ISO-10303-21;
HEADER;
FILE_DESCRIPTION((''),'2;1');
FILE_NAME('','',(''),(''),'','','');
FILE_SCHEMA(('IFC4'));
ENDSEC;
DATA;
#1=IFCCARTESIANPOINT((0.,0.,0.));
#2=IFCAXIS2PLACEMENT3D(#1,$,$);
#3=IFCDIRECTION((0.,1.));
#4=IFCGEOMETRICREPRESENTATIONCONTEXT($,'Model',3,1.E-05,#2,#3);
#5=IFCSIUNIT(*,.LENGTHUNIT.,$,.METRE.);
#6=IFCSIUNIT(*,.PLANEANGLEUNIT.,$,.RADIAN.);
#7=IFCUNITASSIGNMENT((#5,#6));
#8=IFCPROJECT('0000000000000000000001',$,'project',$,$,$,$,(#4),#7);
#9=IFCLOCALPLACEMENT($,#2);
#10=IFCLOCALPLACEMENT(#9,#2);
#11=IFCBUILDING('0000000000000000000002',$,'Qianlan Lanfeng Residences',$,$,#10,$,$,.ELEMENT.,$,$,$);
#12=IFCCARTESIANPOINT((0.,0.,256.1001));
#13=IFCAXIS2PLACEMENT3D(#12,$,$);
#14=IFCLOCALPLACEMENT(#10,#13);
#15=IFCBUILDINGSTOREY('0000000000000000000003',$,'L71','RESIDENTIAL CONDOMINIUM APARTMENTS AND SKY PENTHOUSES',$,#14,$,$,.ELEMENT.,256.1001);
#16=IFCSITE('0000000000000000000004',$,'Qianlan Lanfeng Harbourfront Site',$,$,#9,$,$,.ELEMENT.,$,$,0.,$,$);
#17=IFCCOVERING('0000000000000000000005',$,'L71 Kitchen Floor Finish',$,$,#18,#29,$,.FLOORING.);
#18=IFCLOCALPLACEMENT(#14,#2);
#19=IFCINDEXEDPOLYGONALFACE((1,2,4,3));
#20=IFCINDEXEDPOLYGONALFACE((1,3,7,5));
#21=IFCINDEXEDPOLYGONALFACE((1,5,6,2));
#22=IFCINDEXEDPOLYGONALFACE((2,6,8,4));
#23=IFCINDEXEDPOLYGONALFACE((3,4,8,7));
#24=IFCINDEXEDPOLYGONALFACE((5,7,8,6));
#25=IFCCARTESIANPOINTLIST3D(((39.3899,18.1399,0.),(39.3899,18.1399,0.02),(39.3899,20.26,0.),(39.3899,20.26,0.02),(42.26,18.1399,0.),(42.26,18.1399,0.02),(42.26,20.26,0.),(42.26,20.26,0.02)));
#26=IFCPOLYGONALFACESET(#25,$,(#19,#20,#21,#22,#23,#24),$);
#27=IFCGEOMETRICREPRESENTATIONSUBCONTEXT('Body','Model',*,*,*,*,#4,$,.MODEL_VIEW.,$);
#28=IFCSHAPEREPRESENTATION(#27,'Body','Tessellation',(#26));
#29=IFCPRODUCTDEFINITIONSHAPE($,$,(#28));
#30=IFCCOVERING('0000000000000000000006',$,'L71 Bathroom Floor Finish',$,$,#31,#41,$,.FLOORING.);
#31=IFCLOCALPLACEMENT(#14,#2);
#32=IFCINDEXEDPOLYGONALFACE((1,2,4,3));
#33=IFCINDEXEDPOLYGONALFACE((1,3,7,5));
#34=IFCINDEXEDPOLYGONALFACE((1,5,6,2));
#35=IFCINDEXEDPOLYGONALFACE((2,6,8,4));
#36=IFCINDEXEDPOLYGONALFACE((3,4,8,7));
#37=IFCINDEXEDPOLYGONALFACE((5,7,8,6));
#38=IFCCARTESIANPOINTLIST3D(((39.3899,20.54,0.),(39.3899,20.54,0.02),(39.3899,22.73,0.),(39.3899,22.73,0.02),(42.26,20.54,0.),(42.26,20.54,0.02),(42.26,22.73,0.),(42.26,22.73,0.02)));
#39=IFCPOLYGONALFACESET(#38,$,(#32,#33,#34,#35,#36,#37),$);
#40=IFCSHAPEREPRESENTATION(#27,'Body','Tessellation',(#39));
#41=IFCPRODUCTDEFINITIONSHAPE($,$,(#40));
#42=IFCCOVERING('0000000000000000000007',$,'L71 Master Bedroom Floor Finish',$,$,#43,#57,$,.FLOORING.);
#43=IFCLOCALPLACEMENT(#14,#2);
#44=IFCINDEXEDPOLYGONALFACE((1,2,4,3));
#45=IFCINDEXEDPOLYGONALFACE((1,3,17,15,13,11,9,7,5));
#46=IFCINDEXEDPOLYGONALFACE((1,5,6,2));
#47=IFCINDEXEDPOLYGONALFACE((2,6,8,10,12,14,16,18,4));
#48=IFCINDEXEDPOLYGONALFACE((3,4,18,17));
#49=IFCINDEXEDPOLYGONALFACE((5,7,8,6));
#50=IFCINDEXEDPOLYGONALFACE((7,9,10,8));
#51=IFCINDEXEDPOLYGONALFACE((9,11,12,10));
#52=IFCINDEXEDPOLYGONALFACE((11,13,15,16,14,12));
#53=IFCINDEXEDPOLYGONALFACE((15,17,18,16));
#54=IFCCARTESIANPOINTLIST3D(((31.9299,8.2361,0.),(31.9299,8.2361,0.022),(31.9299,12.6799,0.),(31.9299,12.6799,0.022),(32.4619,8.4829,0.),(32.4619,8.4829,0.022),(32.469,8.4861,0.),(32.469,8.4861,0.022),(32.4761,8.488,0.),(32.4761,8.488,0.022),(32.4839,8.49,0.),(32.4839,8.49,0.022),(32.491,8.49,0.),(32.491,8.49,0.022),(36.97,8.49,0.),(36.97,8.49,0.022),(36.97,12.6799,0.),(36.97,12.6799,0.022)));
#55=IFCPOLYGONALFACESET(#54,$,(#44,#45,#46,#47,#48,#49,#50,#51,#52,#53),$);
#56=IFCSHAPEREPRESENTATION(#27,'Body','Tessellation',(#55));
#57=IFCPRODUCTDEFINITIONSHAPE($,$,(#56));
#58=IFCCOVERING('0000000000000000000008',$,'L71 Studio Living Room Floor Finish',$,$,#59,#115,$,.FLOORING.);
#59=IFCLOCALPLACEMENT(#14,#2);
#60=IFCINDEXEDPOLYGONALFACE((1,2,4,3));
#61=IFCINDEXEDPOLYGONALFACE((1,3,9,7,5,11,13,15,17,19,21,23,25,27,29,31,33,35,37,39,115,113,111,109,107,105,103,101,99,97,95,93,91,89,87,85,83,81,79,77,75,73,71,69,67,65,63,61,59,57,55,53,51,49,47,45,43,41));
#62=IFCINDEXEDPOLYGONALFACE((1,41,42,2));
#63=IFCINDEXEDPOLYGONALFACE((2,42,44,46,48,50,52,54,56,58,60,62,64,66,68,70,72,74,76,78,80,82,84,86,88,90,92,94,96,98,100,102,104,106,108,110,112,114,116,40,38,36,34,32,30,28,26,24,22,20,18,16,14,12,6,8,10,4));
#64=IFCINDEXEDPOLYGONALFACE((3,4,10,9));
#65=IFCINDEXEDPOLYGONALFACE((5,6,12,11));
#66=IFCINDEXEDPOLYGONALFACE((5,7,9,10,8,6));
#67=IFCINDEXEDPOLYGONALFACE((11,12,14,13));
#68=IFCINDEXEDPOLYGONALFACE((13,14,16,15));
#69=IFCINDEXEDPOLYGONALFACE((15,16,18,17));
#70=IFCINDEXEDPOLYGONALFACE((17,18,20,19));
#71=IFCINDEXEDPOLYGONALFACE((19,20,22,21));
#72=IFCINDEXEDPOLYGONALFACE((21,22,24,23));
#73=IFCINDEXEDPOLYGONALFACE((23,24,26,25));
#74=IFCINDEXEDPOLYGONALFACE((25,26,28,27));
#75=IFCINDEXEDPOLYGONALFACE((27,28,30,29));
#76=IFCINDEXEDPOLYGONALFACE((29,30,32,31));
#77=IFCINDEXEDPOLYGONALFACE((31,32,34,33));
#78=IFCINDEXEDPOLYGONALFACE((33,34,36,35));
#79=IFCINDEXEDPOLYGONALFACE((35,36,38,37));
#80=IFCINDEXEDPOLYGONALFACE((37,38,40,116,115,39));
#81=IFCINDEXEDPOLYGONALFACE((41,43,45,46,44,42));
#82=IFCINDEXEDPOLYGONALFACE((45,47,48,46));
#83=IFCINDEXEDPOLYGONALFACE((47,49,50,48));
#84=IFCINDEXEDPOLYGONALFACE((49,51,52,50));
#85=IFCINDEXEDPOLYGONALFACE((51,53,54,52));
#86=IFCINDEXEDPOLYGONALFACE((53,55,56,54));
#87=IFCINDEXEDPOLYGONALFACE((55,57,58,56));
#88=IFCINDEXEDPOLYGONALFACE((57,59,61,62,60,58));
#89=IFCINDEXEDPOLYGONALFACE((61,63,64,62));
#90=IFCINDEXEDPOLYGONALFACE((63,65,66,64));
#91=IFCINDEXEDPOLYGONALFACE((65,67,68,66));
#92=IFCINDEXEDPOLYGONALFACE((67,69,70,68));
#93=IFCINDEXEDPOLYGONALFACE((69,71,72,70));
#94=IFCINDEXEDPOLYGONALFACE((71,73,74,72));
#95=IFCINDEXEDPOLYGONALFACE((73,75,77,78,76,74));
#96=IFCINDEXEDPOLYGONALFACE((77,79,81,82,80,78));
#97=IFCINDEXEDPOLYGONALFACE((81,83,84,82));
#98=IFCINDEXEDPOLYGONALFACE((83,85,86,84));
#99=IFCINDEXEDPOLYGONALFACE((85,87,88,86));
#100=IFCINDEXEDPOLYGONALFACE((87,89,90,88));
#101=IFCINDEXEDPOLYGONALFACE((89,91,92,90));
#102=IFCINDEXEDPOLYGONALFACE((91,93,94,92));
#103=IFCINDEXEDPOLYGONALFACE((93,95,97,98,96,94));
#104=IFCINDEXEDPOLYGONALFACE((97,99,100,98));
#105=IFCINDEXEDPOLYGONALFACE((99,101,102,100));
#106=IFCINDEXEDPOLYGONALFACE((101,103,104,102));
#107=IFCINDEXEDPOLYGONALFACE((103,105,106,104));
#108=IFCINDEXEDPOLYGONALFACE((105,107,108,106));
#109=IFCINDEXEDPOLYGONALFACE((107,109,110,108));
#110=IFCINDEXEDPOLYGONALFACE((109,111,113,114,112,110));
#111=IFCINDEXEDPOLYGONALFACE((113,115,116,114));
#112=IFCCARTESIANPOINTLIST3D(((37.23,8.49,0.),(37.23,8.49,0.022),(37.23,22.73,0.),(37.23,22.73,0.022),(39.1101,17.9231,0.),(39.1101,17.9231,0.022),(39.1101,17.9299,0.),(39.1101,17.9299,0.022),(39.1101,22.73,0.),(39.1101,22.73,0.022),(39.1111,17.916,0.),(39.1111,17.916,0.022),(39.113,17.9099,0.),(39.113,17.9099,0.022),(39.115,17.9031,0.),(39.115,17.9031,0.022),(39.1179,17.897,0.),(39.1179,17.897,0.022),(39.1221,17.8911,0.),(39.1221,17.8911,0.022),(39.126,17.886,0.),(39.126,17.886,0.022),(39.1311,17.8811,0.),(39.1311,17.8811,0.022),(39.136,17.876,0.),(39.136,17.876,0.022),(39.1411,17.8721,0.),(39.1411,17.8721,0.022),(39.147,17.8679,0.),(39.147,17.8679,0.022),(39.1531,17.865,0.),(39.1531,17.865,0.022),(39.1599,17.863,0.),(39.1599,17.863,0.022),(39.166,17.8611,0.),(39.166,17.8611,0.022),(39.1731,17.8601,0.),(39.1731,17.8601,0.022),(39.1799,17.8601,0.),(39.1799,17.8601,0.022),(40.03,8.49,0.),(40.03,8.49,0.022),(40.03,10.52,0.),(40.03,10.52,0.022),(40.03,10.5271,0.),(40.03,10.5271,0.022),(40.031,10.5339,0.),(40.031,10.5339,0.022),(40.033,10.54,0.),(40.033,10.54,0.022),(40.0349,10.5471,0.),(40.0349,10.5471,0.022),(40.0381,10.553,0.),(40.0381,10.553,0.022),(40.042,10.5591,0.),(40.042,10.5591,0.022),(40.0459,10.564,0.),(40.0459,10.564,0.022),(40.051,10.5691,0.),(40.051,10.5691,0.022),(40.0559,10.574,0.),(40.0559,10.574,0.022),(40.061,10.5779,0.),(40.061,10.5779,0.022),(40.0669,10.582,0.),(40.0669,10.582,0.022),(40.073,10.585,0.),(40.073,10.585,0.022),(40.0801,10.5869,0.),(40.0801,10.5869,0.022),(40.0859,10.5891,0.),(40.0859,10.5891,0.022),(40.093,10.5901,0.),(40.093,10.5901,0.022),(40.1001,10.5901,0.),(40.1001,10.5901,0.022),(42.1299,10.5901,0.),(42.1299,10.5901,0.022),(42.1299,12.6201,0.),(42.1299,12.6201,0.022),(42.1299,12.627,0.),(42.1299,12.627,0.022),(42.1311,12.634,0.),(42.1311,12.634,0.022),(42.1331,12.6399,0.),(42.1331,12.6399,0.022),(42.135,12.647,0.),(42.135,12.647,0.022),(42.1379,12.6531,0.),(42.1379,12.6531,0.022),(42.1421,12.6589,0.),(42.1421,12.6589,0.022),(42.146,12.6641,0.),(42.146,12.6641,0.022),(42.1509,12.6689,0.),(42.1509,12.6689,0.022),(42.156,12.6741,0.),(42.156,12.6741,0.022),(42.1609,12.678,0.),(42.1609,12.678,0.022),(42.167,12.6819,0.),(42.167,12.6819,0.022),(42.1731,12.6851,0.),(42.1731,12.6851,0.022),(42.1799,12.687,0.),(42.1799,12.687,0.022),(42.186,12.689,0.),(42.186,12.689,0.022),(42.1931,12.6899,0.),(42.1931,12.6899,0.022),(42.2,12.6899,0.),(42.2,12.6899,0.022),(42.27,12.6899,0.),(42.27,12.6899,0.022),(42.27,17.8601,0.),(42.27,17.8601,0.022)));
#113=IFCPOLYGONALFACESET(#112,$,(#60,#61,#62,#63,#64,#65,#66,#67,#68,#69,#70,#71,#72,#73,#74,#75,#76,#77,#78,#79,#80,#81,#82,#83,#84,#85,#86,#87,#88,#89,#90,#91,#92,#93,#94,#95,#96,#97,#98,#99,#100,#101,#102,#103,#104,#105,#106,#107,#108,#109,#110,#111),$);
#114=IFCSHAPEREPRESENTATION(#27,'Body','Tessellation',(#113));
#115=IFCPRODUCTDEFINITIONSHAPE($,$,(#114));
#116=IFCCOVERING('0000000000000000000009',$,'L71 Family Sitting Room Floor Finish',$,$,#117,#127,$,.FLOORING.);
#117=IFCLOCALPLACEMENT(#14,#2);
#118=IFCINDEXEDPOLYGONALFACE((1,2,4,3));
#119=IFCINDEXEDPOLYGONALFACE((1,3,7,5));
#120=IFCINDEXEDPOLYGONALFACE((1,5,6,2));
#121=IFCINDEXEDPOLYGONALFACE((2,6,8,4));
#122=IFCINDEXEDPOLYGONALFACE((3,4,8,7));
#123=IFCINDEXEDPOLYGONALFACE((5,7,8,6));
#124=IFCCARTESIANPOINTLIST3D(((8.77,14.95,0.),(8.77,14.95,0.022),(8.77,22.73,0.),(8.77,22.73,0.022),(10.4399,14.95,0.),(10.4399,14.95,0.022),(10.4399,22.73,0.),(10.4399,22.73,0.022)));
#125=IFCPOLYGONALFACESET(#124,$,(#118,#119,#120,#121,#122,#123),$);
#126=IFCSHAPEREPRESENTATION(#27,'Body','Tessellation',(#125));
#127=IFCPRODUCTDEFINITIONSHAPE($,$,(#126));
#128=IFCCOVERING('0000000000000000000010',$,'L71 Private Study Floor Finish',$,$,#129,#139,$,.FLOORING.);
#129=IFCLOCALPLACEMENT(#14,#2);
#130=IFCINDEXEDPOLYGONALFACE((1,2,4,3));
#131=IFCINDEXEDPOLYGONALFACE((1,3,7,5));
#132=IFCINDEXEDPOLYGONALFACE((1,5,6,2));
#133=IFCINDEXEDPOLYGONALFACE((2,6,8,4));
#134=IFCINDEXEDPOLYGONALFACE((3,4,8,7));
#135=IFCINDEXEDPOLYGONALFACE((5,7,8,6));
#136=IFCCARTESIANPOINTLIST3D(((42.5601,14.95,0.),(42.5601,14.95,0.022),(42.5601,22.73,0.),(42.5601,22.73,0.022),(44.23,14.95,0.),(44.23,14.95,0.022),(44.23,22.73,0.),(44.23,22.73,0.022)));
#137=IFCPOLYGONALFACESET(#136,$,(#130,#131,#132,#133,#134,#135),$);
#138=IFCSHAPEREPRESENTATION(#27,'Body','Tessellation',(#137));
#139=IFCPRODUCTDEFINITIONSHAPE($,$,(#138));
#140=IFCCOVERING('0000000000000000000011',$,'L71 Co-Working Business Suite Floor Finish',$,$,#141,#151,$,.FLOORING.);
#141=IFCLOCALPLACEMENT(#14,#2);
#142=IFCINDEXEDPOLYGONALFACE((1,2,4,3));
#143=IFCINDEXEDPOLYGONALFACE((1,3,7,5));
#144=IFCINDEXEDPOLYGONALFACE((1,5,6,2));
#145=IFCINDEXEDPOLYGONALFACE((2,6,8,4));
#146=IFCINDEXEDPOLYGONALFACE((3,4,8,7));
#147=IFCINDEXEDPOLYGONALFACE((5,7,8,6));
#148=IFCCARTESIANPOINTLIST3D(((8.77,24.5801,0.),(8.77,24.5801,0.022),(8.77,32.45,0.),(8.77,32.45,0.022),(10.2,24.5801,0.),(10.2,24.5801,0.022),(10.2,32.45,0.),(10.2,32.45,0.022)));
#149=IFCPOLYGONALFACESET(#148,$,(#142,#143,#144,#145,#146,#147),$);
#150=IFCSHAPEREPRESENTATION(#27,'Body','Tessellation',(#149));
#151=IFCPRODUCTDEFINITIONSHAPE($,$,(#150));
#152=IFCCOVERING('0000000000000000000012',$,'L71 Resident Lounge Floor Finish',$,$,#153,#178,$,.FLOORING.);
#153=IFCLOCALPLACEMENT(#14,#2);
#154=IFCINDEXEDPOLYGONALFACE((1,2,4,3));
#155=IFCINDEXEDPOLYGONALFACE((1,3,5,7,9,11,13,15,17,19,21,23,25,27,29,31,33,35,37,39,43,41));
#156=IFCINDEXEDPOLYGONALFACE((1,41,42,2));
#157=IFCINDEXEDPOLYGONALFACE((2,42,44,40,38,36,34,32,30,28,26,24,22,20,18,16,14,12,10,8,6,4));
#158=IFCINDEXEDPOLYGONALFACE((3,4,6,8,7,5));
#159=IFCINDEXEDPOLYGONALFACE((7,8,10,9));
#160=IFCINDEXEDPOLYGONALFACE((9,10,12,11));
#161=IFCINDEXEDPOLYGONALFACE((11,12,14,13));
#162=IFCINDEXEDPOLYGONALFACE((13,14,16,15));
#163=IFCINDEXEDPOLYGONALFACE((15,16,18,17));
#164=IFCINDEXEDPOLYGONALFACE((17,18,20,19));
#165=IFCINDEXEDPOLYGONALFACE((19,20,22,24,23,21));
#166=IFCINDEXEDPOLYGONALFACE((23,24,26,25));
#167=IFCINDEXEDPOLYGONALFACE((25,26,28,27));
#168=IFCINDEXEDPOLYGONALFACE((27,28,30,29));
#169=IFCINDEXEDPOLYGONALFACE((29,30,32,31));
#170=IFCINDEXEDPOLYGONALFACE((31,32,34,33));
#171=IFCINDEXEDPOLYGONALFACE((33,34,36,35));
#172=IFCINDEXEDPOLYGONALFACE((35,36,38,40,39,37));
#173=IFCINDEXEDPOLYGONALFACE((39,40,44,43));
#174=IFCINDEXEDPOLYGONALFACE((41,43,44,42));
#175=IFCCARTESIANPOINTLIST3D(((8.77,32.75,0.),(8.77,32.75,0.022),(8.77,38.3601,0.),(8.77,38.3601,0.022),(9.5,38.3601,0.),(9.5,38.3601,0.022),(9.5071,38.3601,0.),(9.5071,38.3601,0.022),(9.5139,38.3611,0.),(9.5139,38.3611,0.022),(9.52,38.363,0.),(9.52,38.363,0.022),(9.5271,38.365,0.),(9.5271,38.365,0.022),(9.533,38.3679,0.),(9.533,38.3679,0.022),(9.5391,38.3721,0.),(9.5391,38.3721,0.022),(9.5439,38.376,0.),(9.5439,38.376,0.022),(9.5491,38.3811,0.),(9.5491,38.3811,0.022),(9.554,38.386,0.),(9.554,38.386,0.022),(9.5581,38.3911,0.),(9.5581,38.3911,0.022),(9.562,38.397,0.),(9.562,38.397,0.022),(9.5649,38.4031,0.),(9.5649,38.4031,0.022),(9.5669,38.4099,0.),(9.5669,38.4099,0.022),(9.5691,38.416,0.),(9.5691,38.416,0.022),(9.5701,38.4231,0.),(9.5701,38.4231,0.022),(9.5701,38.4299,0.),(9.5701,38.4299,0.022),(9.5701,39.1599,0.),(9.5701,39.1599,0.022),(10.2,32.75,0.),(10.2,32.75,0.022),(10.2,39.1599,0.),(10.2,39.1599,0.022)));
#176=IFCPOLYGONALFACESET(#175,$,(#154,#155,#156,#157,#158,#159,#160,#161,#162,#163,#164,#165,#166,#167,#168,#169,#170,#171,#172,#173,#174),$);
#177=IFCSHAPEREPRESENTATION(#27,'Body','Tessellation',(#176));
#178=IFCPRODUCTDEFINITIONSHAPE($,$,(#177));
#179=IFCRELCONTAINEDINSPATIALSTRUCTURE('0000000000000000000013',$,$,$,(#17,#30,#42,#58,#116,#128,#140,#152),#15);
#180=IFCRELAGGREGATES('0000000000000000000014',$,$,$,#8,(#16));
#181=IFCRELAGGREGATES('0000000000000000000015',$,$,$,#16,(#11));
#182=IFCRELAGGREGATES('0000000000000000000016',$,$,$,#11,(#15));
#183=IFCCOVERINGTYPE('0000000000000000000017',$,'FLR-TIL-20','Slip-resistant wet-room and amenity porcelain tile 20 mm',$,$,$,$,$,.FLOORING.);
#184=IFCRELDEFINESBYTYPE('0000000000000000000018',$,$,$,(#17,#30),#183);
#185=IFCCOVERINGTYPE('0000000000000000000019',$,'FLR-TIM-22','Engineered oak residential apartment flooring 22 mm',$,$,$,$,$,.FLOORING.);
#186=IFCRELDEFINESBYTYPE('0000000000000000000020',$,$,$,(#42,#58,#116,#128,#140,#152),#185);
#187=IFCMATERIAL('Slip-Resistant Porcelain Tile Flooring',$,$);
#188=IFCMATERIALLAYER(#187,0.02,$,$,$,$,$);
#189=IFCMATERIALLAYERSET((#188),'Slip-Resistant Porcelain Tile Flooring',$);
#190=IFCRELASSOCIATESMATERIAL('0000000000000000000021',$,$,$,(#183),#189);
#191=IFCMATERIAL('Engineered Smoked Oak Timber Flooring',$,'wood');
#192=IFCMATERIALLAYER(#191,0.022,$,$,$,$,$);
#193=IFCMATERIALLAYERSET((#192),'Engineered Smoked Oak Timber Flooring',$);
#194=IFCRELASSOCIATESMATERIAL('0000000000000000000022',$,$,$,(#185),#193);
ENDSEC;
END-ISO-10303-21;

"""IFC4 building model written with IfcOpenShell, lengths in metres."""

from ifc_helpers import new_model, si_unit, direction, frame, origin, place, context, subcontext, project, spatial, polyline, outline, extrude, material, layer, layer_set, type_object, element, save


model = new_model("IFC4")

# Units and contexts
model_context = context("Model", 3, precision=1e-05, world=origin(), true_north=direction((0.0, 1.0)))
body_context = subcontext(model_context, "Body", "Model", "MODEL_VIEW")
ifc_project = project(units=[si_unit("LENGTHUNIT", "METRE"), si_unit("PLANEANGLEUNIT", "RADIAN")], contexts=[model_context])

# Site, building, storey
site_placement = place(None, origin())
site = spatial("IfcSite", under=ifc_project, at=site_placement, Name="Qianlan Lanfeng Harbourfront Site", CompositionType="ELEMENT", RefElevation=0.0)
building_placement = place(site_placement, origin())
building = spatial("IfcBuilding", under=site, at=building_placement, Name="Qianlan Lanfeng Residences", CompositionType="ELEMENT")
storey_placement = place(building_placement, frame((0.0, 0.0, 256.1001)))
storey = spatial("IfcBuildingStorey", under=building, at=storey_placement, Name="L71", Description="RESIDENTIAL CONDOMINIUM APARTMENTS AND SKY PENTHOUSES", CompositionType="ELEMENT", Elevation=256.1001)

# Coverings
ifc_material_1 = material(Name="Slip-Resistant Porcelain Tile Flooring")
ifc_layer_1 = layer(ifc_material_1, 0.02)
ifc_layer_set_1 = layer_set([ifc_layer_1], Name="Slip-Resistant Porcelain Tile Flooring")
covering_type_1 = type_object("IfcCoveringType", Name="FLR-TIL-20", Description="Slip-resistant wet-room and amenity porcelain tile 20 mm", PredefinedType="FLOORING", material=ifc_layer_set_1)
covering_1_placement = place(storey_placement, origin())
element("IfcCovering", 1, at=covering_1_placement, inside=storey, type_object=covering_type_1, Name="L71 Kitchen Floor Finish", PredefinedType="FLOORING", context=body_context, shape_type="SweptSolid", body=[
    extrude(outline(polyline([(39.3899, 18.1399), (42.26, 18.1399), (42.26, 20.26), (39.3899, 20.26), (39.3899, 18.1399)])), origin(), (0.0, 0.0, 1.0), 0.02),
])
covering_2_placement = place(storey_placement, origin())
element("IfcCovering", 2, at=covering_2_placement, inside=storey, type_object=covering_type_1, Name="L71 Bathroom Floor Finish", PredefinedType="FLOORING", context=body_context, shape_type="SweptSolid", body=[
    extrude(outline(polyline([(39.3899, 20.54), (42.26, 20.54), (42.26, 22.73), (39.3899, 22.73), (39.3899, 20.54)])), origin(), (0.0, 0.0, 1.0), 0.02),
])
ifc_material_2 = material(Name="Engineered Smoked Oak Timber Flooring", Category="wood")
ifc_layer_2 = layer(ifc_material_2, 0.022)
ifc_layer_set_2 = layer_set([ifc_layer_2], Name="Engineered Smoked Oak Timber Flooring")
covering_type_2 = type_object("IfcCoveringType", Name="FLR-TIM-22", Description="Engineered oak residential apartment flooring 22 mm", PredefinedType="FLOORING", material=ifc_layer_set_2)
covering_3_placement = place(storey_placement, origin())
element("IfcCovering", 3, at=covering_3_placement, inside=storey, type_object=covering_type_2, Name="L71 Master Bedroom Floor Finish", PredefinedType="FLOORING", context=body_context, shape_type="SweptSolid", body=[
    extrude(outline(polyline([(31.9299, 12.6799), (31.9299, 8.2361), (32.4619, 8.4829), (32.469, 8.4861), (32.4761, 8.488), (32.4839, 8.49), (32.491, 8.49), (36.97, 8.49), (36.97, 12.6799), (31.9299, 12.6799)])), origin(), (0.0, 0.0, 1.0), 0.022),
])
covering_4_placement = place(storey_placement, origin())
element("IfcCovering", 4, at=covering_4_placement, inside=storey, type_object=covering_type_2, Name="L71 Studio Living Room Floor Finish", PredefinedType="FLOORING", context=body_context, shape_type="SweptSolid", body=[
    extrude(outline(polyline([(42.27, 12.6899), (42.27, 17.8601), (39.1799, 17.8601), (39.1731, 17.8601), (39.166, 17.8611), (39.1599, 17.863), (39.1531, 17.865), (39.147, 17.8679), (39.1411, 17.8721), (39.136, 17.876), (39.1311, 17.8811), (39.126, 17.886), (39.1221, 17.8911), (39.1179, 17.897), (39.115, 17.9031), (39.113, 17.9099), (39.1111, 17.916), (39.1101, 17.9231), (39.1101, 17.9299), (39.1101, 22.73), (37.23, 22.73), (37.23, 8.49), (40.03, 8.49), (40.03, 10.52), (40.03, 10.5271), (40.031, 10.5339), (40.033, 10.54), (40.0349, 10.5471), (40.0381, 10.553), (40.042, 10.5591), (40.0459, 10.564), (40.051, 10.5691), (40.0559, 10.574), (40.061, 10.5779), (40.0669, 10.582), (40.073, 10.585), (40.0801, 10.5869), (40.0859, 10.5891), (40.093, 10.5901), (40.1001, 10.5901), (42.1299, 10.5901), (42.1299, 12.6201), (42.1299, 12.627), (42.1311, 12.634), (42.1331, 12.6399), (42.135, 12.647), (42.1379, 12.6531), (42.1421, 12.6589), (42.146, 12.6641), (42.1509, 12.6689), (42.156, 12.6741), (42.1609, 12.678), (42.167, 12.6819), (42.1731, 12.6851), (42.1799, 12.687), (42.186, 12.689), (42.1931, 12.6899), (42.2, 12.6899), (42.27, 12.6899)])), origin(), (0.0, 0.0, 1.0), 0.022),
])
covering_5_placement = place(storey_placement, origin())
element("IfcCovering", 5, at=covering_5_placement, inside=storey, type_object=covering_type_2, Name="L71 Family Sitting Room Floor Finish", PredefinedType="FLOORING", context=body_context, shape_type="SweptSolid", body=[
    extrude(outline(polyline([(10.4399, 22.73), (8.77, 22.73), (8.77, 14.95), (10.4399, 14.95), (10.4399, 22.73)])), origin(), (0.0, 0.0, 1.0), 0.022),
])
covering_6_placement = place(storey_placement, origin())
element("IfcCovering", 6, at=covering_6_placement, inside=storey, type_object=covering_type_2, Name="L71 Private Study Floor Finish", PredefinedType="FLOORING", context=body_context, shape_type="SweptSolid", body=[
    extrude(outline(polyline([(44.23, 22.73), (42.5601, 22.73), (42.5601, 14.95), (44.23, 14.95), (44.23, 22.73)])), origin(), (0.0, 0.0, 1.0), 0.022),
])
covering_7_placement = place(storey_placement, origin())
element("IfcCovering", 7, at=covering_7_placement, inside=storey, type_object=covering_type_2, Name="L71 Co-Working Business Suite Floor Finish", PredefinedType="FLOORING", context=body_context, shape_type="SweptSolid", body=[
    extrude(outline(polyline([(10.2, 32.45), (8.77, 32.45), (8.77, 24.5801), (10.2, 24.5801), (10.2, 32.45)])), origin(), (0.0, 0.0, 1.0), 0.022),
])
covering_8_placement = place(storey_placement, origin())
element("IfcCovering", 8, at=covering_8_placement, inside=storey, type_object=covering_type_2, Name="L71 Resident Lounge Floor Finish", PredefinedType="FLOORING", context=body_context, shape_type="SweptSolid", body=[
    extrude(outline(polyline([(8.77, 32.75), (10.2, 32.75), (10.2, 39.1599), (9.5701, 39.1599), (9.5701, 38.4299), (9.5701, 38.4231), (9.5691, 38.416), (9.5669, 38.4099), (9.5649, 38.4031), (9.562, 38.397), (9.5581, 38.3911), (9.554, 38.386), (9.5491, 38.3811), (9.5439, 38.376), (9.5391, 38.3721), (9.533, 38.3679), (9.5271, 38.365), (9.52, 38.363), (9.5139, 38.3611), (9.5071, 38.3601), (9.5, 38.3601), (8.77, 38.3601), (8.77, 32.75)])), origin(), (0.0, 0.0, 1.0), 0.022),
])

save(model, "model.ifc")
